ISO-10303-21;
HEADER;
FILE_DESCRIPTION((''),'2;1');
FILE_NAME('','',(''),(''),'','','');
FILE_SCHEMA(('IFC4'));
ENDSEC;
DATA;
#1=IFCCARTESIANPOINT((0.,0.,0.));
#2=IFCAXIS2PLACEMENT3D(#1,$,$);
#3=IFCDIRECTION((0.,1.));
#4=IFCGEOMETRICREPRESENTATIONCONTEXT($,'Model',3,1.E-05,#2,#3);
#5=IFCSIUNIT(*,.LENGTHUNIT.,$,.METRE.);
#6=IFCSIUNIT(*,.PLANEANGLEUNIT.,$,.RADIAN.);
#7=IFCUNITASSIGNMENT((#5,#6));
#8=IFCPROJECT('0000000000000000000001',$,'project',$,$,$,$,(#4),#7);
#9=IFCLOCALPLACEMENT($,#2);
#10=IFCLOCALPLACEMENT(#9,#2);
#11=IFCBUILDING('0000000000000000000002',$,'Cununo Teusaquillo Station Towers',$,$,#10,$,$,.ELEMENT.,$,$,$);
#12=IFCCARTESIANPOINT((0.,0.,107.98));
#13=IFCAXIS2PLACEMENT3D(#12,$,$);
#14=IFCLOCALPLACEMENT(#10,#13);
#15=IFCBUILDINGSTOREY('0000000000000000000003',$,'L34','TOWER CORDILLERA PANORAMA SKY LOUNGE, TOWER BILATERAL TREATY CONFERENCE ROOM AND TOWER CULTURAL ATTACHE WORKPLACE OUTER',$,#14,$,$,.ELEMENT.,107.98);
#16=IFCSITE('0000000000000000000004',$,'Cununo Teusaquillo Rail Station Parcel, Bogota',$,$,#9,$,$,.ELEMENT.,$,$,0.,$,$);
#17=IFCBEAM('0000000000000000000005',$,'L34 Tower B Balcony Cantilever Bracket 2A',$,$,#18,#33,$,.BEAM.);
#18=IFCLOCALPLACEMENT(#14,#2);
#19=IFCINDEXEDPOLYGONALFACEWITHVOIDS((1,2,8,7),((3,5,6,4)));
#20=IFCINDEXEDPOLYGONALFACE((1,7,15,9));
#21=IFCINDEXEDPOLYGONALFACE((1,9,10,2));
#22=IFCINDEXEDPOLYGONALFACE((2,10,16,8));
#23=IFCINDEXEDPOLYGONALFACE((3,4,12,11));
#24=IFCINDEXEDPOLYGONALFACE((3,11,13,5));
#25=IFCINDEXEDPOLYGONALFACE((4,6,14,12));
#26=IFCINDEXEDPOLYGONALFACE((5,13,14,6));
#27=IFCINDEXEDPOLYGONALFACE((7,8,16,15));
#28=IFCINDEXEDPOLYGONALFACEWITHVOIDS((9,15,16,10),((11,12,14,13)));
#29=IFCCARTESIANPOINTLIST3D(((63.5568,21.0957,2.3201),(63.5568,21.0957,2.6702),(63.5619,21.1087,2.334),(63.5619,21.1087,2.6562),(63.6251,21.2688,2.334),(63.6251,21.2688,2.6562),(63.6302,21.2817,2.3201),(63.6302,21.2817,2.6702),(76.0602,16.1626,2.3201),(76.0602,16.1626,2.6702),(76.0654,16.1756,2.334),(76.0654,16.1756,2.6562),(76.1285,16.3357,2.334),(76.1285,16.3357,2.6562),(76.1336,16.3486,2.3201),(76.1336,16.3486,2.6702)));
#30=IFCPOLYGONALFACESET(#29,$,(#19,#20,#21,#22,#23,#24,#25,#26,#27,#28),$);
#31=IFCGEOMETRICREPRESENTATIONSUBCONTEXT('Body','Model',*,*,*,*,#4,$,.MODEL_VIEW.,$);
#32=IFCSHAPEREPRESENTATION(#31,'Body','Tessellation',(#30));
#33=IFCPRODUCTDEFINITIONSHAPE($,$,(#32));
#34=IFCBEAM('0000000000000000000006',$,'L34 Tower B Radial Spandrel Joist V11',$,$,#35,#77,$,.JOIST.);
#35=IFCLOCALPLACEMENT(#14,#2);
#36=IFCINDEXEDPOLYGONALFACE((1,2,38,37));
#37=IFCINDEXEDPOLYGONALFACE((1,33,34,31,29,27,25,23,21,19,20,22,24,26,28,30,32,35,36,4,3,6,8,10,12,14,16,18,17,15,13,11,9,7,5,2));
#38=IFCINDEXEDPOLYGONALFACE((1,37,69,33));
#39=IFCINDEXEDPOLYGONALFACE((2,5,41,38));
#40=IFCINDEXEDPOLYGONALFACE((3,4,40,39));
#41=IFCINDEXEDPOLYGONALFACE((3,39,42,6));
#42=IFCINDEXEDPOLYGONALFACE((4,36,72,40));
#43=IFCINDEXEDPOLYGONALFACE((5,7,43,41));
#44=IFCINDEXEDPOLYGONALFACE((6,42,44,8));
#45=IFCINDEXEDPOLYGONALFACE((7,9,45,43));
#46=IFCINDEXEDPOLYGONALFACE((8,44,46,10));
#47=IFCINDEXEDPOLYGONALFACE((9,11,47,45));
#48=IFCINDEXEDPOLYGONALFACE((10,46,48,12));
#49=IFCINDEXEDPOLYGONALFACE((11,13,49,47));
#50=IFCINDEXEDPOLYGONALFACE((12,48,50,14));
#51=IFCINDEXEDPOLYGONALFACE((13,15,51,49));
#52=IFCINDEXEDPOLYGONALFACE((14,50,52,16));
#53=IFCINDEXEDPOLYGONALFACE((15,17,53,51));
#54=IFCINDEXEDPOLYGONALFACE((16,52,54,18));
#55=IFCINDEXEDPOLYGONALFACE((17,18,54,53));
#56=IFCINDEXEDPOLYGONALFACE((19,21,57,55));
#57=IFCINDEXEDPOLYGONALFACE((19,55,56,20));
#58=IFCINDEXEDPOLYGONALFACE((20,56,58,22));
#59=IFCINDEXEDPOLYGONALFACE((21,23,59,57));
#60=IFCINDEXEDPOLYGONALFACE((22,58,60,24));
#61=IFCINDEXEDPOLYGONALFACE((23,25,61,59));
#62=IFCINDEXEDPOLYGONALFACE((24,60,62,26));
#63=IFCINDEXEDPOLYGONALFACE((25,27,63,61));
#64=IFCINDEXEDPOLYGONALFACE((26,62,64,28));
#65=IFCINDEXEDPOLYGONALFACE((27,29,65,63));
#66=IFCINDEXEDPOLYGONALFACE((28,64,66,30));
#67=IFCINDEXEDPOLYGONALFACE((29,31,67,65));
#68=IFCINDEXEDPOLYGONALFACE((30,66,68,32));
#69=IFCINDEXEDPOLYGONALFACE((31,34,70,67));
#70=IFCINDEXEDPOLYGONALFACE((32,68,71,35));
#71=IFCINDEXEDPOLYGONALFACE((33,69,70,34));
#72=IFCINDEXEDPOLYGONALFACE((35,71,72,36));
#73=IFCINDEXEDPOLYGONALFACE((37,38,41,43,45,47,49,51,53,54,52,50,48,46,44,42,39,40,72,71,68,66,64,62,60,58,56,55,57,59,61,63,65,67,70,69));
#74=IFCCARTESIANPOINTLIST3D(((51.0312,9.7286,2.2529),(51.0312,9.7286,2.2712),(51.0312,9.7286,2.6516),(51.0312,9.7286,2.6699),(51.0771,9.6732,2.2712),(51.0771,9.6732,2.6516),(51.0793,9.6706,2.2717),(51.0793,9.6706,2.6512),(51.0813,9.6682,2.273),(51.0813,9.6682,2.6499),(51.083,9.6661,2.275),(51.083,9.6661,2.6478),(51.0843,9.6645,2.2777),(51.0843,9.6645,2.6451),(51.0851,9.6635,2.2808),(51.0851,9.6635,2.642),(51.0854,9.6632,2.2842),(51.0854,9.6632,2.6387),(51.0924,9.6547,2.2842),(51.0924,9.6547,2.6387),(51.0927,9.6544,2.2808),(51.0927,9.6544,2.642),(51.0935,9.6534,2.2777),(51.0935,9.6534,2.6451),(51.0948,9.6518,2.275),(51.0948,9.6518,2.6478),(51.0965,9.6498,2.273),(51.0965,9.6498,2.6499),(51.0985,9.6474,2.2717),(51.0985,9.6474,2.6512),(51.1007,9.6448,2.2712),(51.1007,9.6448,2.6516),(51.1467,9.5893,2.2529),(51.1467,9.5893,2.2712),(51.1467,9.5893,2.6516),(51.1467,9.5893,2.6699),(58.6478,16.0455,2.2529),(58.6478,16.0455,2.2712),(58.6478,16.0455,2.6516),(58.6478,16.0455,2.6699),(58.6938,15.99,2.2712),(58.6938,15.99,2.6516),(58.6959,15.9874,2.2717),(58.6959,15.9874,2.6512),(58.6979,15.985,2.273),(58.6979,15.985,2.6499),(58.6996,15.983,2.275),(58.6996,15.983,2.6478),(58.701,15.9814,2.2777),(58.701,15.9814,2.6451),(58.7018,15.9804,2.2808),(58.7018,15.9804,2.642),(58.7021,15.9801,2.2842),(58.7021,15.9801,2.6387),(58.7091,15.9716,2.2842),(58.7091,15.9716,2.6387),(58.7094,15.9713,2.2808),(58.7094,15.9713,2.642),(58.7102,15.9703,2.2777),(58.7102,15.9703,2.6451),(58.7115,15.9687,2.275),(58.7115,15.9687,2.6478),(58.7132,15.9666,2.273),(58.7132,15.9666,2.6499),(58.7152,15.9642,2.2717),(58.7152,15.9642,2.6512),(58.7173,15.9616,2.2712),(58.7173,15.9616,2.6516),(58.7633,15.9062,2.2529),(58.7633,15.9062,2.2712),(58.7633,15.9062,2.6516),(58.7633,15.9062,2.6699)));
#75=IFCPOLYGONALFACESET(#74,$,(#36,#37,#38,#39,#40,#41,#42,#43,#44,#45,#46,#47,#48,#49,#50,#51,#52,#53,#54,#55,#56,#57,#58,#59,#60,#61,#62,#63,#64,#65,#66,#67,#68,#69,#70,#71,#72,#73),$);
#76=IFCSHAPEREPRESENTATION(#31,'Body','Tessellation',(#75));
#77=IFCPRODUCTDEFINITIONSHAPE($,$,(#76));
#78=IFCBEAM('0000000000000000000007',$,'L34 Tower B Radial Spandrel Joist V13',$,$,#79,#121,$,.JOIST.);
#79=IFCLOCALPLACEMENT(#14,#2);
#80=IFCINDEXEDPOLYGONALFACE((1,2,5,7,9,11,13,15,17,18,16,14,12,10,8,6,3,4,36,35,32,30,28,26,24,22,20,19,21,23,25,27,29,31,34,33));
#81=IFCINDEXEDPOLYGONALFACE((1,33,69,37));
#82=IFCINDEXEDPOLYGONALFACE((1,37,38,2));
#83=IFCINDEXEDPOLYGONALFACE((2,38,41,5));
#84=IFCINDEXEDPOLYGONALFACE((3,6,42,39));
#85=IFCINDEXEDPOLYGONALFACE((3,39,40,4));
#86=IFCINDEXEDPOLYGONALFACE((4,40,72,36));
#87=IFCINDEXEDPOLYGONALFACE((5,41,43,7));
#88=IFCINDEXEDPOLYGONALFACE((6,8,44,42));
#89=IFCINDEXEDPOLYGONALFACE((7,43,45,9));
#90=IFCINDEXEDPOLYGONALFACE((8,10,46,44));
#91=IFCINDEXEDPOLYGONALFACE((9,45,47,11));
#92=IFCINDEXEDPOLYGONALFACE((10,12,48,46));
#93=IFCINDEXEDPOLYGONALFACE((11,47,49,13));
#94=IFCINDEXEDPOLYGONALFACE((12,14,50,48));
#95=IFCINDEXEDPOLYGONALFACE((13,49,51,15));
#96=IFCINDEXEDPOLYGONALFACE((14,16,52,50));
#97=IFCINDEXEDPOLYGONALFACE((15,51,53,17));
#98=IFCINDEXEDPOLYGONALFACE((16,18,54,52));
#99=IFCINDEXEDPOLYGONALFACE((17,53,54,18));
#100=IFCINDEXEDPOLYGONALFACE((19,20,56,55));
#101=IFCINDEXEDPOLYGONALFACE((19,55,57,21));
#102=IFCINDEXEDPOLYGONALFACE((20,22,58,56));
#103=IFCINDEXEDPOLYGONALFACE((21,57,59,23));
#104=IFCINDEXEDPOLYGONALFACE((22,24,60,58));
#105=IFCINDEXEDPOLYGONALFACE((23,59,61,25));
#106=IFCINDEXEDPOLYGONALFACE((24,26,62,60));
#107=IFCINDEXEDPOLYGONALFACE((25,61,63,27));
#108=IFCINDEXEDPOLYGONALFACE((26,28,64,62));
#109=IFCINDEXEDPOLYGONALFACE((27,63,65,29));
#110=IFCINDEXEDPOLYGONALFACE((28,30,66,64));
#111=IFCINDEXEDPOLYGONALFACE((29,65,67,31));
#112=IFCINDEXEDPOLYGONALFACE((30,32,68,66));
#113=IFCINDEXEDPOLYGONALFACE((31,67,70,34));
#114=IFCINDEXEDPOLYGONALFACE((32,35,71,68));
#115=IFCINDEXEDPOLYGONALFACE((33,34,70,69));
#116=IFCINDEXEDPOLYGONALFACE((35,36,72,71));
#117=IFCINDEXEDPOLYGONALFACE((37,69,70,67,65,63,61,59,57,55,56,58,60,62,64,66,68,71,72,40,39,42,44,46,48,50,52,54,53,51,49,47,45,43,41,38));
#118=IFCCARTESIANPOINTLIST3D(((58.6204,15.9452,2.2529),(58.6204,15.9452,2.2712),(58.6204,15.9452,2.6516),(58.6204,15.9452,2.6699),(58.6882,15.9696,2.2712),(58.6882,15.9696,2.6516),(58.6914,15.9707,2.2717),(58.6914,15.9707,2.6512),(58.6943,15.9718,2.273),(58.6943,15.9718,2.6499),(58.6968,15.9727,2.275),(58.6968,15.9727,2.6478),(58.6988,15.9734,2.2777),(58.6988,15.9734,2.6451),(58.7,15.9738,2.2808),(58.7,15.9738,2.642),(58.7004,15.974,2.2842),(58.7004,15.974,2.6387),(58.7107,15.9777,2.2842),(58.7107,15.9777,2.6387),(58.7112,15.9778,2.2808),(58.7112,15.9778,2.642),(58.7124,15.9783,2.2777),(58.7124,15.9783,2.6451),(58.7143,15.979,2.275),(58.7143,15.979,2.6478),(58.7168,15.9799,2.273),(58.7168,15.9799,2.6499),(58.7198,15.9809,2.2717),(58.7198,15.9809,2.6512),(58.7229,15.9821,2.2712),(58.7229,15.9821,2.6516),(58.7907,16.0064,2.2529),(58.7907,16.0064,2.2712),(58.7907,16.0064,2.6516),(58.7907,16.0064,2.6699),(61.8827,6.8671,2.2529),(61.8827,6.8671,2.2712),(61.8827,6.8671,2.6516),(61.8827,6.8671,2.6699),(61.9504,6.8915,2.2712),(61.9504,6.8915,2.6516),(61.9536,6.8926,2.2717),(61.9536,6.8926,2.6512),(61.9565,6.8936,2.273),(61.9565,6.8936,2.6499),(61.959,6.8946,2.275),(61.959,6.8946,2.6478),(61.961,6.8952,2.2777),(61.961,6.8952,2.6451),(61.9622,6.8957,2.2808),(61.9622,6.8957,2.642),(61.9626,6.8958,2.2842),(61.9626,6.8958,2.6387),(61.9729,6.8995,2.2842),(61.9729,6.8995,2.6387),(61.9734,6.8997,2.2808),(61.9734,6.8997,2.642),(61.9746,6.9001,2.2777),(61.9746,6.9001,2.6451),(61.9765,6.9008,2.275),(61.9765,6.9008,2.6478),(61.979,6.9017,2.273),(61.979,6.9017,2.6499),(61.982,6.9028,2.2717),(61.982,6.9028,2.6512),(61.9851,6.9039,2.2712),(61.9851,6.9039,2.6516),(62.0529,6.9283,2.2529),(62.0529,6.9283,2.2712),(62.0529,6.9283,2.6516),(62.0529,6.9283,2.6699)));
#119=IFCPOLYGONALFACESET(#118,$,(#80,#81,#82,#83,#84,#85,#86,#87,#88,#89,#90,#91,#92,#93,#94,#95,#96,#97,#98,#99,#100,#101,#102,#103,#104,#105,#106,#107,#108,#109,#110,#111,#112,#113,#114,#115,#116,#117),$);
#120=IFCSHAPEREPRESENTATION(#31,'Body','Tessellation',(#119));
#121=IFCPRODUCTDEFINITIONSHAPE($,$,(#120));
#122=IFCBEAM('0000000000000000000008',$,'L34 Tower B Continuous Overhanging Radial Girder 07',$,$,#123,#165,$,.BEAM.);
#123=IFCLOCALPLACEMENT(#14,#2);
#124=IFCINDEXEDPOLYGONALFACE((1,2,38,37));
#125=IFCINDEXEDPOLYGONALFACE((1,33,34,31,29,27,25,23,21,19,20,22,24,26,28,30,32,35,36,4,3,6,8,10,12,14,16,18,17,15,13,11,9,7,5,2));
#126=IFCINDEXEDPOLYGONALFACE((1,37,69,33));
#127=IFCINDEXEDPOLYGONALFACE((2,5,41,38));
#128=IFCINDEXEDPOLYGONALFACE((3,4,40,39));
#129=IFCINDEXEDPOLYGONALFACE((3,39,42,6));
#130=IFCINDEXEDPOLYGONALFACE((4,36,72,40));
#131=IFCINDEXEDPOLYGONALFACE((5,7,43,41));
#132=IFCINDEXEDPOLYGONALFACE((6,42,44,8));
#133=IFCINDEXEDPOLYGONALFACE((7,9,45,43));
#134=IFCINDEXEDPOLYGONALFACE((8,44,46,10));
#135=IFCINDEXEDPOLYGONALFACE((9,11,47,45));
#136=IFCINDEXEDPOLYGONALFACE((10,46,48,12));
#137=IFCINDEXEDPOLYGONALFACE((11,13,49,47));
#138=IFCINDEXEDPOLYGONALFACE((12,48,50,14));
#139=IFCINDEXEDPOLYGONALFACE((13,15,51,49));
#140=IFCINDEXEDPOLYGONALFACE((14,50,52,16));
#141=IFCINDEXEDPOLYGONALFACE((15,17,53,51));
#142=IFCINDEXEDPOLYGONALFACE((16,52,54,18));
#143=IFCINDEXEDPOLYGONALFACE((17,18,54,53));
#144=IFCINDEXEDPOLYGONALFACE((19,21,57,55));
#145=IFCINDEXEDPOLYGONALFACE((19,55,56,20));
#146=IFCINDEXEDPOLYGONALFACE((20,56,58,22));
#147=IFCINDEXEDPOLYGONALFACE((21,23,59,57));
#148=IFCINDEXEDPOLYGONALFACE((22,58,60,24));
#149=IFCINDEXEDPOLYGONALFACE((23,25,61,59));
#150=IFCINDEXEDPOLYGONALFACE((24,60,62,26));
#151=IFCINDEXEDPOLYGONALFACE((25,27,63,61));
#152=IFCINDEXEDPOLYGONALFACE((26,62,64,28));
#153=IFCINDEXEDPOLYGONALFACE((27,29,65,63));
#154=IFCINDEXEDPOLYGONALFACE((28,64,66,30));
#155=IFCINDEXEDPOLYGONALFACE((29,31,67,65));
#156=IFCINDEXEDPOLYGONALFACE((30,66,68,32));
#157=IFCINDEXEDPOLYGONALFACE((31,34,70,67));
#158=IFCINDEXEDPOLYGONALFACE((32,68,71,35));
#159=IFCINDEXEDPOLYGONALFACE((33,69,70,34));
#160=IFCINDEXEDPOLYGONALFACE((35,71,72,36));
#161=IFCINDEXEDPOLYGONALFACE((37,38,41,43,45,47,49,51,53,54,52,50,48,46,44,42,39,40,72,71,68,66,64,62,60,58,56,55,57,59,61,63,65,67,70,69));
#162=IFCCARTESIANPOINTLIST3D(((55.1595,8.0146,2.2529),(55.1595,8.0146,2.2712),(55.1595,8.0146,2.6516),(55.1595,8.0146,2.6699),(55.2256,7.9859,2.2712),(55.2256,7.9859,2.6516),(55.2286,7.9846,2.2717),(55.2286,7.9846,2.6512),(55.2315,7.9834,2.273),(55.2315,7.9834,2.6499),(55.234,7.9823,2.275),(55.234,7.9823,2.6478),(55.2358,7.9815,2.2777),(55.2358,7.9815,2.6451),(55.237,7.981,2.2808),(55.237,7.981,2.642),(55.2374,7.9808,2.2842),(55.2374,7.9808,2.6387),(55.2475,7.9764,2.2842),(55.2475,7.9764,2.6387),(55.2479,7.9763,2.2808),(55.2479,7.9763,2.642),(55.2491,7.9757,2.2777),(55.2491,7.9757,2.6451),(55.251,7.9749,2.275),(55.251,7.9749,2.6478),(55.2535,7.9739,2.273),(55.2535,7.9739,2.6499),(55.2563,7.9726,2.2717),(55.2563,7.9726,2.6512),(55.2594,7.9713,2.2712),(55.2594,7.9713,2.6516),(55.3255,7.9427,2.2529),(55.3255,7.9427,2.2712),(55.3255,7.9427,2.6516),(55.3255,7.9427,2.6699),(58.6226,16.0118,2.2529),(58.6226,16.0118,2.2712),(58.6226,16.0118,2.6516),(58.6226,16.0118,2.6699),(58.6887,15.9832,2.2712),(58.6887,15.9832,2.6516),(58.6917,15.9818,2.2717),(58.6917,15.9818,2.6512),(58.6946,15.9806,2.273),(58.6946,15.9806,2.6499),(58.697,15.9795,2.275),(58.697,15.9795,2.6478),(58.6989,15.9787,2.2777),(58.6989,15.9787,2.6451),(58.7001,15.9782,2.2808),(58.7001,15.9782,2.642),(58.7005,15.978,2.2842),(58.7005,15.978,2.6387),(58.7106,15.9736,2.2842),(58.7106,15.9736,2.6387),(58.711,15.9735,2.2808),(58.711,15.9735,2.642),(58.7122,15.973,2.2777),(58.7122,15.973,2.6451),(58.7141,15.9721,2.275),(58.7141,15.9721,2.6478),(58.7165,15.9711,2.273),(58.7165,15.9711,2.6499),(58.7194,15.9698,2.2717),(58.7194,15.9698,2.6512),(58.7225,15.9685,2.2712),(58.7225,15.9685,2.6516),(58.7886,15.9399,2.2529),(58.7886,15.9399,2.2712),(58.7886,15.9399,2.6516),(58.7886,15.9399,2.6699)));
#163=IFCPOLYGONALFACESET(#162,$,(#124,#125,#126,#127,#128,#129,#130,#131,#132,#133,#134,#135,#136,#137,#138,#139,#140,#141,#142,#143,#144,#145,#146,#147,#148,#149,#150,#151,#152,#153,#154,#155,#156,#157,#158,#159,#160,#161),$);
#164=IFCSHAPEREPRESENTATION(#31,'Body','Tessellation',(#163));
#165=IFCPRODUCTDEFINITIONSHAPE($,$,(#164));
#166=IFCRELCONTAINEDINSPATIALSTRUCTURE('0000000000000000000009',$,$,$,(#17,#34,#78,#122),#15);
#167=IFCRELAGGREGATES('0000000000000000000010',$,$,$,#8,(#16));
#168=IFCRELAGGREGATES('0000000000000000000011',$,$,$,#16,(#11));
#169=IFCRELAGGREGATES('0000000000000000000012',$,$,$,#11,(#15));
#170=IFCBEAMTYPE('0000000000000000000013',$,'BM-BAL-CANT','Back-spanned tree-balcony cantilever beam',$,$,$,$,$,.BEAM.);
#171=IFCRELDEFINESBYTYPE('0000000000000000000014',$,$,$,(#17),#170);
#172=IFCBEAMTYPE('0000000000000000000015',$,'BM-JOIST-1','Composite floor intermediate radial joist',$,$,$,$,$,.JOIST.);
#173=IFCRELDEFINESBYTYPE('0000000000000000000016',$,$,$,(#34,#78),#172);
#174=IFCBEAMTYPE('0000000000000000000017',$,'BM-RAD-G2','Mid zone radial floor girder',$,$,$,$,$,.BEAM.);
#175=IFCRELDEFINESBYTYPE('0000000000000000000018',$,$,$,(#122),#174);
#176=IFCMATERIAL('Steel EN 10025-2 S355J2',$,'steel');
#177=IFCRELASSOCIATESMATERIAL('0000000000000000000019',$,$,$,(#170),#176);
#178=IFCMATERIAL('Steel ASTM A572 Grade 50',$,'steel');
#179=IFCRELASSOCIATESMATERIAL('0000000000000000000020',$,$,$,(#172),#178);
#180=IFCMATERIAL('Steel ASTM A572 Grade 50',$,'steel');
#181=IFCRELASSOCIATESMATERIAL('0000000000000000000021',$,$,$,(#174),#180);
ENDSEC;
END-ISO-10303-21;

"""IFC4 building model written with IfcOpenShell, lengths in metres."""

from ifc_helpers import new_model, si_unit, direction, frame, origin, origin_2d, place, context, subcontext, project, spatial, hollow_rectangle, i_section, extrude, material, material_profile, profile_set, type_object, element, save


model = new_model("IFC4")

# Units and contexts
model_context = context("Model", 3, precision=1e-05, world=origin(), true_north=direction((0.0, 1.0)))
body_context = subcontext(model_context, "Body", "Model", "MODEL_VIEW")
ifc_project = project(units=[si_unit("LENGTHUNIT", "METRE"), si_unit("PLANEANGLEUNIT", "RADIAN")], contexts=[model_context])

# Site, building, storey
site_placement = place(None, origin())
site = spatial("IfcSite", under=ifc_project, at=site_placement, Name="Cununo Teusaquillo Rail Station Parcel, Bogota", CompositionType="ELEMENT", RefElevation=0.0)
building_placement = place(site_placement, origin())
building = spatial("IfcBuilding", under=site, at=building_placement, Name="Cununo Teusaquillo Station Towers", CompositionType="ELEMENT")
storey_placement = place(building_placement, frame((0.0, 0.0, 107.98)))
storey = spatial("IfcBuildingStorey", under=building, at=storey_placement, Name="L34", Description="TOWER CORDILLERA PANORAMA SKY LOUNGE, TOWER BILATERAL TREATY CONFERENCE ROOM AND TOWER CULTURAL ATTACHE WORKPLACE OUTER", CompositionType="ELEMENT", Elevation=107.98)

# Beams
ifc_material_1 = material(Name="Steel EN 10025-2 S355J2", Category="steel")
ifc_material_profile_1 = material_profile(ifc_material_1, hollow_rectangle(XDim=0.2, YDim=0.3501, WallThickness=0.0139, at=origin_2d()), Name="RHS 350x200x14")
ifc_profile_set_1 = profile_set([ifc_material_profile_1], Name="Steel EN 10025-2 S355J2")
beam_type_1 = type_object("IfcBeamType", Name="BM-BAL-CANT", Description="Back-spanned tree-balcony cantilever beam", PredefinedType="BEAM", material=ifc_profile_set_1)
beam_1_placement = place(storey_placement, frame((63.5935, 21.1887, 2.4951), z_axis=(0.930218, -0.367009, 0.0), x_axis=(0.367009, 0.930218, 0.0)))
element("IfcBeam", 1, at=beam_1_placement, inside=storey, type_object=beam_type_1, Name="L34 Tower B Balcony Cantilever Bracket 2A", PredefinedType="BEAM", context=body_context, shape_type="SweptSolid", body=[
    extrude(hollow_rectangle(XDim=0.2, YDim=0.3501, WallThickness=0.0139, at=origin_2d()), origin(), (0.0, 0.0, 1.0), 13.4414),
])
ifc_material_2 = material(Name="Steel ASTM A572 Grade 50", Category="steel")
ifc_material_profile_2 = material_profile(ifc_material_2, i_section(OverallWidth=0.1809, OverallDepth=0.417, WebThickness=0.011, FlangeThickness=0.0183, FilletRadius=0.0129, at=origin_2d()), Name="W16X57")
ifc_profile_set_2 = profile_set([ifc_material_profile_2], Name="Steel ASTM A572 Grade 50")
beam_type_2 = type_object("IfcBeamType", Name="BM-JOIST-1", Description="Composite floor intermediate radial joist", PredefinedType="JOIST", material=ifc_profile_set_2)
beam_2_placement = place(storey_placement, frame((58.7056, 15.9758, 2.4614), z_axis=(-0.769728, -0.638372, 0.0), x_axis=(0.638372, -0.769728, 0.0)))
element("IfcBeam", 2, at=beam_2_placement, inside=storey, type_object=beam_type_2, Name="L34 Tower B Radial Spandrel Joist V11", PredefinedType="JOIST", context=body_context, shape_type="SweptSolid", body=[
    extrude(i_section(OverallWidth=0.1809, OverallDepth=0.417, WebThickness=0.011, FlangeThickness=0.0183, FilletRadius=0.0129, at=origin_2d()), origin(), (0.0, 0.0, 1.0), 9.8953),
])
beam_3_placement = place(storey_placement, frame((58.7056, 15.9758, 2.4614), z_axis=(0.338176, -0.941083, 0.0), x_axis=(0.941083, 0.338176, 0.0)))
element("IfcBeam", 3, at=beam_3_placement, inside=storey, type_object=beam_type_2, Name="L34 Tower B Radial Spandrel Joist V13", PredefinedType="JOIST", context=body_context, shape_type="SweptSolid", body=[
    extrude(i_section(OverallWidth=0.1809, OverallDepth=0.417, WebThickness=0.011, FlangeThickness=0.0183, FilletRadius=0.0129, at=origin_2d()), origin(), (0.0, 0.0, 1.0), 9.6465),
])
ifc_material_3 = material(Name="Steel ASTM A572 Grade 50", Category="steel")
ifc_material_profile_3 = material_profile(ifc_material_3, i_section(OverallWidth=0.1809, OverallDepth=0.417, WebThickness=0.011, FlangeThickness=0.0183, FilletRadius=0.0129, at=origin_2d()), Name="W16X57")
ifc_profile_set_3 = profile_set([ifc_material_profile_3], Name="Steel ASTM A572 Grade 50")
beam_type_3 = type_object("IfcBeamType", Name="BM-RAD-G2", Description="Mid zone radial floor girder", PredefinedType="BEAM", material=ifc_profile_set_3)
beam_4_placement = place(storey_placement, frame((58.7056, 15.9758, 2.4614), z_axis=(-0.397379, -0.917655, 0.0), x_axis=(0.917655, -0.397379, 0.0)))
element("IfcBeam", 4, at=beam_4_placement, inside=storey, type_object=beam_type_3, Name="L34 Tower B Continuous Overhanging Radial Girder 07", PredefinedType="BEAM", context=body_context, shape_type="SweptSolid", body=[
    extrude(i_section(OverallWidth=0.1809, OverallDepth=0.417, WebThickness=0.011, FlangeThickness=0.0183, FilletRadius=0.0129, at=origin_2d()), origin(), (0.0, 0.0, 1.0), 8.7148),
])

save(model, "model.ifc")
